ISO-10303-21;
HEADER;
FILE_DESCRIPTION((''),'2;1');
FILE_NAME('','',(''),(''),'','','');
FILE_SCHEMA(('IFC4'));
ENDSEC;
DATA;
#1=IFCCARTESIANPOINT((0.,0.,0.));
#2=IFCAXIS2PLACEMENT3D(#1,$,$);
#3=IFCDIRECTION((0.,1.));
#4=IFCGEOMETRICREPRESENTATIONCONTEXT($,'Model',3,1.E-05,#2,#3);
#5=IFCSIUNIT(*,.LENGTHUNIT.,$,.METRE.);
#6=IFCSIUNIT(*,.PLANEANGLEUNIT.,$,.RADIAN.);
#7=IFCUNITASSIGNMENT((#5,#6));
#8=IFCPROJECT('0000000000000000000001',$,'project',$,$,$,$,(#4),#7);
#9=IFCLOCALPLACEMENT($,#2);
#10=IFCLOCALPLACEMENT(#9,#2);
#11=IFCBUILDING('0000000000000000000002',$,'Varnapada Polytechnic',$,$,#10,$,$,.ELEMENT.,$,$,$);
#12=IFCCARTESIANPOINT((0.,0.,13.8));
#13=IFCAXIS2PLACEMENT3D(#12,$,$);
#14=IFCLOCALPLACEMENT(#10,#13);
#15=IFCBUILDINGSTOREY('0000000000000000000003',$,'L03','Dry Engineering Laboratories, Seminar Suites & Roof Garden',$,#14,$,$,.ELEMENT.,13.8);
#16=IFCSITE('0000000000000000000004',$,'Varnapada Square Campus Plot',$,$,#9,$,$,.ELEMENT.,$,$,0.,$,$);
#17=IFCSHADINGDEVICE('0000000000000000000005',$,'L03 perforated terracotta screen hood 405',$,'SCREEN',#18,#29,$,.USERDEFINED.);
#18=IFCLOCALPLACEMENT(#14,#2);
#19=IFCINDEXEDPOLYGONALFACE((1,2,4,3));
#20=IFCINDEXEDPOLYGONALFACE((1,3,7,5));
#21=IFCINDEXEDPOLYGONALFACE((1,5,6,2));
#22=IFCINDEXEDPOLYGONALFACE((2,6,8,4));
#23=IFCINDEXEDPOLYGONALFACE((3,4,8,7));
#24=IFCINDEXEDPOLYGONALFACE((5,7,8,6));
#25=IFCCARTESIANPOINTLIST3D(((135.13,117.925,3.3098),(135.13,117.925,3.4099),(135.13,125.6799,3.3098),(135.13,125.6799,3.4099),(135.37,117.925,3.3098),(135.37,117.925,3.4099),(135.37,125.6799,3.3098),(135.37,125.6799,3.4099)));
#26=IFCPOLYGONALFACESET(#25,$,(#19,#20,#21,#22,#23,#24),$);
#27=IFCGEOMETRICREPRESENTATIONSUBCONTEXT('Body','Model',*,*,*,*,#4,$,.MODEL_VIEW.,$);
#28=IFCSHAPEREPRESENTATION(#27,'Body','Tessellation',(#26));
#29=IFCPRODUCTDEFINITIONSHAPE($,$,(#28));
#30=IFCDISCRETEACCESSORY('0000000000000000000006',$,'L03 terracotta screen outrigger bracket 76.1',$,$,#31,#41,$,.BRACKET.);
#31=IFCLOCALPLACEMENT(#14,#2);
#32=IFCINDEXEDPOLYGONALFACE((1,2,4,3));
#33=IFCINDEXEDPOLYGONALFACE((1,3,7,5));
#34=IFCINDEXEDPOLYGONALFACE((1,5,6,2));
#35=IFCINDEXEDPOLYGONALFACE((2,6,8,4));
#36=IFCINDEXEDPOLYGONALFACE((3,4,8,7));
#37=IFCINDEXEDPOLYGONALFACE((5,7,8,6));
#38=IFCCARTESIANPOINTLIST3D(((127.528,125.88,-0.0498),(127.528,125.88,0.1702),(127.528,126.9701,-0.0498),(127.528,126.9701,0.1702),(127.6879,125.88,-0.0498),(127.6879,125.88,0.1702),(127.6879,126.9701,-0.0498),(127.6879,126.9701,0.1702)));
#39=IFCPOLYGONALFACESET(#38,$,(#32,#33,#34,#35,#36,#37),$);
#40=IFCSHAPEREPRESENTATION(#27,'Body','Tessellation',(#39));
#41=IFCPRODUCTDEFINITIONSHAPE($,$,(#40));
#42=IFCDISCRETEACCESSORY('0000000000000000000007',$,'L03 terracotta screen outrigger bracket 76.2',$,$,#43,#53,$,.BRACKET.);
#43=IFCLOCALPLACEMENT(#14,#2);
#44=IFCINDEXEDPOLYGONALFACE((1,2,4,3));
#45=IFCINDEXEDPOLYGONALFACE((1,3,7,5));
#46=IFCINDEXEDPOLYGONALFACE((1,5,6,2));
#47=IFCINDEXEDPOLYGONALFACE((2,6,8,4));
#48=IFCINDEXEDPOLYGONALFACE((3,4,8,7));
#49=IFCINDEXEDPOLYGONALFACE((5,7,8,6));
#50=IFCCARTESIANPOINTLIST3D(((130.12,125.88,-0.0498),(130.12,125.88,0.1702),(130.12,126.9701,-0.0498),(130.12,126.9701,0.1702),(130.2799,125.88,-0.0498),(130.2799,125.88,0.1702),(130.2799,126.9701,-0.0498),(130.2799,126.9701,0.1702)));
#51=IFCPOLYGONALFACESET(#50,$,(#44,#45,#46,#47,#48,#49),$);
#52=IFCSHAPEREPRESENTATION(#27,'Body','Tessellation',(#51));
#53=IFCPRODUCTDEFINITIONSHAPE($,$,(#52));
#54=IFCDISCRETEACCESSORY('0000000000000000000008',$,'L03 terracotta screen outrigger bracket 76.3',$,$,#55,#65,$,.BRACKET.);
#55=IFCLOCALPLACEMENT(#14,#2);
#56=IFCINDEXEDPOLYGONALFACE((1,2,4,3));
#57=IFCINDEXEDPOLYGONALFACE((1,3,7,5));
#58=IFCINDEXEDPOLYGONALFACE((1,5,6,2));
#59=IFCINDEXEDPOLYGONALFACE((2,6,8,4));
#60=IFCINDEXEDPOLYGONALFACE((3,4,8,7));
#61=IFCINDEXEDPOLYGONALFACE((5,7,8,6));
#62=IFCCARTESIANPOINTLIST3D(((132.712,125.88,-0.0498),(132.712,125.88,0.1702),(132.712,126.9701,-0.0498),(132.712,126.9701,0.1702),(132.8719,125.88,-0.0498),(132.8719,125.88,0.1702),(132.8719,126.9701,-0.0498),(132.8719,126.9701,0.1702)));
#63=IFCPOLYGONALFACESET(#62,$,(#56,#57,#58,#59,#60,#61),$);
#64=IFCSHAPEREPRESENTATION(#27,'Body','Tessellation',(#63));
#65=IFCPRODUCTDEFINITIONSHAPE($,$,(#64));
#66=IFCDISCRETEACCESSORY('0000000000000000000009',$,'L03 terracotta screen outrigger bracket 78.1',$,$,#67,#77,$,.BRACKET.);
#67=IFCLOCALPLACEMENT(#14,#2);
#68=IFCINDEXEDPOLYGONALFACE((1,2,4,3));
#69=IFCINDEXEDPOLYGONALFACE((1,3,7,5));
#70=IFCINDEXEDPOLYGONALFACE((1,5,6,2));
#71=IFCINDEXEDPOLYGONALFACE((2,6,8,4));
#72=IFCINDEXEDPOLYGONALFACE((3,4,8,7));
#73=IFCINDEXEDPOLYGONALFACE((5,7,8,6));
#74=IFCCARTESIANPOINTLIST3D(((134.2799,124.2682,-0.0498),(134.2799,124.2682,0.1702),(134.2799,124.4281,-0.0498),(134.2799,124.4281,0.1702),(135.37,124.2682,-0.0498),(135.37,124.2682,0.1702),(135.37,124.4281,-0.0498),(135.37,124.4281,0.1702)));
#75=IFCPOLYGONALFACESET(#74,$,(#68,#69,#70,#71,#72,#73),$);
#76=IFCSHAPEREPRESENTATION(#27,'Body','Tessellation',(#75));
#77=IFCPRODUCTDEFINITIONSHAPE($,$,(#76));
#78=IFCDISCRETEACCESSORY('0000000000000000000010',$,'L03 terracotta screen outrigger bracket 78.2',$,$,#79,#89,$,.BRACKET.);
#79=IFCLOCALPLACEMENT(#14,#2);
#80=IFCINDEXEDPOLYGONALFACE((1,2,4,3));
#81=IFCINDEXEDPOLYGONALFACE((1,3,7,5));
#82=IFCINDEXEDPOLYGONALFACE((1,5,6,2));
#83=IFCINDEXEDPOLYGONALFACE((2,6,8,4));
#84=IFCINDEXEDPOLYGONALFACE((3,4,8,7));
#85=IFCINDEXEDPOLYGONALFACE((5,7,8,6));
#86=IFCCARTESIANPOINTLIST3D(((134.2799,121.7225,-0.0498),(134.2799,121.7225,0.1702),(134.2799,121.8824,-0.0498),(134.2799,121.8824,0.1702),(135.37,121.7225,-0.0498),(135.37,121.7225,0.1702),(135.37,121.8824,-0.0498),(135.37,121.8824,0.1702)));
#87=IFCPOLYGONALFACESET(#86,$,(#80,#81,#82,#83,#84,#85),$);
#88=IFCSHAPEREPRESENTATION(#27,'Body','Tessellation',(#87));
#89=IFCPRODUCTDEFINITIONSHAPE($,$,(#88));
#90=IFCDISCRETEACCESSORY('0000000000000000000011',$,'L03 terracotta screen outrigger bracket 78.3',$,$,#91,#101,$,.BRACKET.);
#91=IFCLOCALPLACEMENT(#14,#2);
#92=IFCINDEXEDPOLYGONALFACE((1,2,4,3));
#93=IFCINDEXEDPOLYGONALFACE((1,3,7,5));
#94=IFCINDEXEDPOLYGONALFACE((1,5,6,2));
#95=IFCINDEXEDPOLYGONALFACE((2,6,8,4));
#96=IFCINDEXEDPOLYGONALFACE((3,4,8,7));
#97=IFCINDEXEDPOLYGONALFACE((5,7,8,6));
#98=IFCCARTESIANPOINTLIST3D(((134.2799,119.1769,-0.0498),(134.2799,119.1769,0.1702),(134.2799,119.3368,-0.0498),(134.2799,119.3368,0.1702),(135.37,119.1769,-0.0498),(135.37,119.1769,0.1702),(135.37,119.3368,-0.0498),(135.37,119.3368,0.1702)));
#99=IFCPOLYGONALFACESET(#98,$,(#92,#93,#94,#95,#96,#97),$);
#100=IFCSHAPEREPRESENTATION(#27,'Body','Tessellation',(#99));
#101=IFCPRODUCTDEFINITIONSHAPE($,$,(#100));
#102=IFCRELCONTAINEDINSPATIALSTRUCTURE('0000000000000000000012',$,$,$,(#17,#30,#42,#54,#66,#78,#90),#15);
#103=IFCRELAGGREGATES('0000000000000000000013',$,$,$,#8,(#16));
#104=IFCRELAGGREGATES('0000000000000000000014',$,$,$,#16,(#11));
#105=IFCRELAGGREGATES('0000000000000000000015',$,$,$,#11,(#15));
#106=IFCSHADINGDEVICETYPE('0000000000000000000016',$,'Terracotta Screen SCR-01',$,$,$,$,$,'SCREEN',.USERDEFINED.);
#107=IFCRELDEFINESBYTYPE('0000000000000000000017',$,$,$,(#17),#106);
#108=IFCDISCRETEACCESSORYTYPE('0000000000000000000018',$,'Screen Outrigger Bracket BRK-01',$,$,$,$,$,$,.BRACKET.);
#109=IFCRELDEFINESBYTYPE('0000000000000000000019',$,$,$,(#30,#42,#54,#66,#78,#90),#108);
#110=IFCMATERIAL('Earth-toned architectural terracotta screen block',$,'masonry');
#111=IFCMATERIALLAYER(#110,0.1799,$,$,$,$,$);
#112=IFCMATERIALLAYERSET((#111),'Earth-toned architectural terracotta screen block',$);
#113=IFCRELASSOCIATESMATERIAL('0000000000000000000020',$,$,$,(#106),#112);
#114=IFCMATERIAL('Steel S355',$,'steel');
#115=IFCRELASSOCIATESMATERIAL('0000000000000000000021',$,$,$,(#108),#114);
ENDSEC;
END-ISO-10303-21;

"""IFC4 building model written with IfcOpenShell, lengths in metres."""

from ifc_helpers import new_model, si_unit, direction, frame, origin, origin_2d, place, context, subcontext, project, spatial, rectangle, extrude, material, layer, layer_set, type_object, element, save


model = new_model("IFC4")

# Units and contexts
model_context = context("Model", 3, precision=1e-05, world=origin(), true_north=direction((0.0, 1.0)))
body_context = subcontext(model_context, "Body", "Model", "MODEL_VIEW")
ifc_project = project(units=[si_unit("LENGTHUNIT", "METRE"), si_unit("PLANEANGLEUNIT", "RADIAN")], contexts=[model_context])

# Site, building, storey
site_placement = place(None, origin())
site = spatial("IfcSite", under=ifc_project, at=site_placement, Name="Varnapada Square Campus Plot", CompositionType="ELEMENT", RefElevation=0.0)
building_placement = place(site_placement, origin())
building = spatial("IfcBuilding", under=site, at=building_placement, Name="Varnapada Polytechnic", CompositionType="ELEMENT")
storey_placement = place(building_placement, frame((0.0, 0.0, 13.8)))
storey = spatial("IfcBuildingStorey", under=building, at=storey_placement, Name="L03", Description="Dry Engineering Laboratories, Seminar Suites & Roof Garden", CompositionType="ELEMENT", Elevation=13.8)

# Shared definitions
ifc_material_1 = material(Name="Steel S355", Category="steel")

# Shared definitions
ifc_material_2 = material(Name="Earth-toned architectural terracotta screen block", Category="masonry")

# Shading device
ifc_layer_1 = layer(ifc_material_2, 0.1799)
ifc_layer_set_1 = layer_set([ifc_layer_1], Name="Earth-toned architectural terracotta screen block")
shading_device_type_1 = type_object("IfcShadingDeviceType", Name="Terracotta Screen SCR-01", ElementType="SCREEN", PredefinedType="USERDEFINED", material=ifc_layer_set_1)
shading_device_1_placement = place(storey_placement, frame((135.25, 121.8025, 3.3098), z_axis=(0.0, 0.0, 1.0), x_axis=(0.0, -1.0, 0.0)))
element("IfcShadingDevice", 1, at=shading_device_1_placement, inside=storey, type_object=shading_device_type_1, Name="L03 perforated terracotta screen hood 405", ObjectType="SCREEN", PredefinedType="USERDEFINED", context=body_context, shape_type="SweptSolid", body=[
    extrude(rectangle(XDim=7.7549, YDim=0.24, at=origin_2d()), origin(), (0.0, 0.0, 1.0), 0.1001),
])

# Discrete accessories
discrete_accessory_type = type_object("IfcDiscreteAccessoryType", Name="Screen Outrigger Bracket BRK-01", PredefinedType="BRACKET", material=ifc_material_1)
for number, where, z_axis, x_axis, name in (
    (2, (127.6079, 126.425, -0.0498), (0.0, 0.0, 1.0), (1.0, 0.0, 0.0), "L03 terracotta screen outrigger bracket 76.1"),
    (3, (130.2, 126.425, -0.0498), (0.0, 0.0, 1.0), (1.0, 0.0, 0.0), "L03 terracotta screen outrigger bracket 76.2"),
    (4, (132.792, 126.425, -0.0498), (0.0, 0.0, 1.0), (1.0, 0.0, 0.0), "L03 terracotta screen outrigger bracket 76.3"),
    (5, (134.825, 124.3481, -0.0498), (0.0, 0.0, 1.0), (0.0, -1.0, 0.0), "L03 terracotta screen outrigger bracket 78.1"),
    (6, (134.825, 121.8025, -0.0498), (0.0, 0.0, 1.0), (0.0, -1.0, 0.0), "L03 terracotta screen outrigger bracket 78.2"),
    (7, (134.825, 119.2568, -0.0498), (0.0, 0.0, 1.0), (0.0, -1.0, 0.0), "L03 terracotta screen outrigger bracket 78.3"),
):
    element("IfcDiscreteAccessory", number, at=place(storey_placement, frame(where, z_axis=z_axis, x_axis=x_axis)), inside=storey, type_object=discrete_accessory_type, Name=name, PredefinedType="BRACKET", context=body_context, shape_type="SweptSolid", body=[
        extrude(rectangle(XDim=0.1599, YDim=1.0901, at=origin_2d()), origin(), (0.0, 0.0, 1.0), 0.22),
    ])

save(model, "model.ifc")
